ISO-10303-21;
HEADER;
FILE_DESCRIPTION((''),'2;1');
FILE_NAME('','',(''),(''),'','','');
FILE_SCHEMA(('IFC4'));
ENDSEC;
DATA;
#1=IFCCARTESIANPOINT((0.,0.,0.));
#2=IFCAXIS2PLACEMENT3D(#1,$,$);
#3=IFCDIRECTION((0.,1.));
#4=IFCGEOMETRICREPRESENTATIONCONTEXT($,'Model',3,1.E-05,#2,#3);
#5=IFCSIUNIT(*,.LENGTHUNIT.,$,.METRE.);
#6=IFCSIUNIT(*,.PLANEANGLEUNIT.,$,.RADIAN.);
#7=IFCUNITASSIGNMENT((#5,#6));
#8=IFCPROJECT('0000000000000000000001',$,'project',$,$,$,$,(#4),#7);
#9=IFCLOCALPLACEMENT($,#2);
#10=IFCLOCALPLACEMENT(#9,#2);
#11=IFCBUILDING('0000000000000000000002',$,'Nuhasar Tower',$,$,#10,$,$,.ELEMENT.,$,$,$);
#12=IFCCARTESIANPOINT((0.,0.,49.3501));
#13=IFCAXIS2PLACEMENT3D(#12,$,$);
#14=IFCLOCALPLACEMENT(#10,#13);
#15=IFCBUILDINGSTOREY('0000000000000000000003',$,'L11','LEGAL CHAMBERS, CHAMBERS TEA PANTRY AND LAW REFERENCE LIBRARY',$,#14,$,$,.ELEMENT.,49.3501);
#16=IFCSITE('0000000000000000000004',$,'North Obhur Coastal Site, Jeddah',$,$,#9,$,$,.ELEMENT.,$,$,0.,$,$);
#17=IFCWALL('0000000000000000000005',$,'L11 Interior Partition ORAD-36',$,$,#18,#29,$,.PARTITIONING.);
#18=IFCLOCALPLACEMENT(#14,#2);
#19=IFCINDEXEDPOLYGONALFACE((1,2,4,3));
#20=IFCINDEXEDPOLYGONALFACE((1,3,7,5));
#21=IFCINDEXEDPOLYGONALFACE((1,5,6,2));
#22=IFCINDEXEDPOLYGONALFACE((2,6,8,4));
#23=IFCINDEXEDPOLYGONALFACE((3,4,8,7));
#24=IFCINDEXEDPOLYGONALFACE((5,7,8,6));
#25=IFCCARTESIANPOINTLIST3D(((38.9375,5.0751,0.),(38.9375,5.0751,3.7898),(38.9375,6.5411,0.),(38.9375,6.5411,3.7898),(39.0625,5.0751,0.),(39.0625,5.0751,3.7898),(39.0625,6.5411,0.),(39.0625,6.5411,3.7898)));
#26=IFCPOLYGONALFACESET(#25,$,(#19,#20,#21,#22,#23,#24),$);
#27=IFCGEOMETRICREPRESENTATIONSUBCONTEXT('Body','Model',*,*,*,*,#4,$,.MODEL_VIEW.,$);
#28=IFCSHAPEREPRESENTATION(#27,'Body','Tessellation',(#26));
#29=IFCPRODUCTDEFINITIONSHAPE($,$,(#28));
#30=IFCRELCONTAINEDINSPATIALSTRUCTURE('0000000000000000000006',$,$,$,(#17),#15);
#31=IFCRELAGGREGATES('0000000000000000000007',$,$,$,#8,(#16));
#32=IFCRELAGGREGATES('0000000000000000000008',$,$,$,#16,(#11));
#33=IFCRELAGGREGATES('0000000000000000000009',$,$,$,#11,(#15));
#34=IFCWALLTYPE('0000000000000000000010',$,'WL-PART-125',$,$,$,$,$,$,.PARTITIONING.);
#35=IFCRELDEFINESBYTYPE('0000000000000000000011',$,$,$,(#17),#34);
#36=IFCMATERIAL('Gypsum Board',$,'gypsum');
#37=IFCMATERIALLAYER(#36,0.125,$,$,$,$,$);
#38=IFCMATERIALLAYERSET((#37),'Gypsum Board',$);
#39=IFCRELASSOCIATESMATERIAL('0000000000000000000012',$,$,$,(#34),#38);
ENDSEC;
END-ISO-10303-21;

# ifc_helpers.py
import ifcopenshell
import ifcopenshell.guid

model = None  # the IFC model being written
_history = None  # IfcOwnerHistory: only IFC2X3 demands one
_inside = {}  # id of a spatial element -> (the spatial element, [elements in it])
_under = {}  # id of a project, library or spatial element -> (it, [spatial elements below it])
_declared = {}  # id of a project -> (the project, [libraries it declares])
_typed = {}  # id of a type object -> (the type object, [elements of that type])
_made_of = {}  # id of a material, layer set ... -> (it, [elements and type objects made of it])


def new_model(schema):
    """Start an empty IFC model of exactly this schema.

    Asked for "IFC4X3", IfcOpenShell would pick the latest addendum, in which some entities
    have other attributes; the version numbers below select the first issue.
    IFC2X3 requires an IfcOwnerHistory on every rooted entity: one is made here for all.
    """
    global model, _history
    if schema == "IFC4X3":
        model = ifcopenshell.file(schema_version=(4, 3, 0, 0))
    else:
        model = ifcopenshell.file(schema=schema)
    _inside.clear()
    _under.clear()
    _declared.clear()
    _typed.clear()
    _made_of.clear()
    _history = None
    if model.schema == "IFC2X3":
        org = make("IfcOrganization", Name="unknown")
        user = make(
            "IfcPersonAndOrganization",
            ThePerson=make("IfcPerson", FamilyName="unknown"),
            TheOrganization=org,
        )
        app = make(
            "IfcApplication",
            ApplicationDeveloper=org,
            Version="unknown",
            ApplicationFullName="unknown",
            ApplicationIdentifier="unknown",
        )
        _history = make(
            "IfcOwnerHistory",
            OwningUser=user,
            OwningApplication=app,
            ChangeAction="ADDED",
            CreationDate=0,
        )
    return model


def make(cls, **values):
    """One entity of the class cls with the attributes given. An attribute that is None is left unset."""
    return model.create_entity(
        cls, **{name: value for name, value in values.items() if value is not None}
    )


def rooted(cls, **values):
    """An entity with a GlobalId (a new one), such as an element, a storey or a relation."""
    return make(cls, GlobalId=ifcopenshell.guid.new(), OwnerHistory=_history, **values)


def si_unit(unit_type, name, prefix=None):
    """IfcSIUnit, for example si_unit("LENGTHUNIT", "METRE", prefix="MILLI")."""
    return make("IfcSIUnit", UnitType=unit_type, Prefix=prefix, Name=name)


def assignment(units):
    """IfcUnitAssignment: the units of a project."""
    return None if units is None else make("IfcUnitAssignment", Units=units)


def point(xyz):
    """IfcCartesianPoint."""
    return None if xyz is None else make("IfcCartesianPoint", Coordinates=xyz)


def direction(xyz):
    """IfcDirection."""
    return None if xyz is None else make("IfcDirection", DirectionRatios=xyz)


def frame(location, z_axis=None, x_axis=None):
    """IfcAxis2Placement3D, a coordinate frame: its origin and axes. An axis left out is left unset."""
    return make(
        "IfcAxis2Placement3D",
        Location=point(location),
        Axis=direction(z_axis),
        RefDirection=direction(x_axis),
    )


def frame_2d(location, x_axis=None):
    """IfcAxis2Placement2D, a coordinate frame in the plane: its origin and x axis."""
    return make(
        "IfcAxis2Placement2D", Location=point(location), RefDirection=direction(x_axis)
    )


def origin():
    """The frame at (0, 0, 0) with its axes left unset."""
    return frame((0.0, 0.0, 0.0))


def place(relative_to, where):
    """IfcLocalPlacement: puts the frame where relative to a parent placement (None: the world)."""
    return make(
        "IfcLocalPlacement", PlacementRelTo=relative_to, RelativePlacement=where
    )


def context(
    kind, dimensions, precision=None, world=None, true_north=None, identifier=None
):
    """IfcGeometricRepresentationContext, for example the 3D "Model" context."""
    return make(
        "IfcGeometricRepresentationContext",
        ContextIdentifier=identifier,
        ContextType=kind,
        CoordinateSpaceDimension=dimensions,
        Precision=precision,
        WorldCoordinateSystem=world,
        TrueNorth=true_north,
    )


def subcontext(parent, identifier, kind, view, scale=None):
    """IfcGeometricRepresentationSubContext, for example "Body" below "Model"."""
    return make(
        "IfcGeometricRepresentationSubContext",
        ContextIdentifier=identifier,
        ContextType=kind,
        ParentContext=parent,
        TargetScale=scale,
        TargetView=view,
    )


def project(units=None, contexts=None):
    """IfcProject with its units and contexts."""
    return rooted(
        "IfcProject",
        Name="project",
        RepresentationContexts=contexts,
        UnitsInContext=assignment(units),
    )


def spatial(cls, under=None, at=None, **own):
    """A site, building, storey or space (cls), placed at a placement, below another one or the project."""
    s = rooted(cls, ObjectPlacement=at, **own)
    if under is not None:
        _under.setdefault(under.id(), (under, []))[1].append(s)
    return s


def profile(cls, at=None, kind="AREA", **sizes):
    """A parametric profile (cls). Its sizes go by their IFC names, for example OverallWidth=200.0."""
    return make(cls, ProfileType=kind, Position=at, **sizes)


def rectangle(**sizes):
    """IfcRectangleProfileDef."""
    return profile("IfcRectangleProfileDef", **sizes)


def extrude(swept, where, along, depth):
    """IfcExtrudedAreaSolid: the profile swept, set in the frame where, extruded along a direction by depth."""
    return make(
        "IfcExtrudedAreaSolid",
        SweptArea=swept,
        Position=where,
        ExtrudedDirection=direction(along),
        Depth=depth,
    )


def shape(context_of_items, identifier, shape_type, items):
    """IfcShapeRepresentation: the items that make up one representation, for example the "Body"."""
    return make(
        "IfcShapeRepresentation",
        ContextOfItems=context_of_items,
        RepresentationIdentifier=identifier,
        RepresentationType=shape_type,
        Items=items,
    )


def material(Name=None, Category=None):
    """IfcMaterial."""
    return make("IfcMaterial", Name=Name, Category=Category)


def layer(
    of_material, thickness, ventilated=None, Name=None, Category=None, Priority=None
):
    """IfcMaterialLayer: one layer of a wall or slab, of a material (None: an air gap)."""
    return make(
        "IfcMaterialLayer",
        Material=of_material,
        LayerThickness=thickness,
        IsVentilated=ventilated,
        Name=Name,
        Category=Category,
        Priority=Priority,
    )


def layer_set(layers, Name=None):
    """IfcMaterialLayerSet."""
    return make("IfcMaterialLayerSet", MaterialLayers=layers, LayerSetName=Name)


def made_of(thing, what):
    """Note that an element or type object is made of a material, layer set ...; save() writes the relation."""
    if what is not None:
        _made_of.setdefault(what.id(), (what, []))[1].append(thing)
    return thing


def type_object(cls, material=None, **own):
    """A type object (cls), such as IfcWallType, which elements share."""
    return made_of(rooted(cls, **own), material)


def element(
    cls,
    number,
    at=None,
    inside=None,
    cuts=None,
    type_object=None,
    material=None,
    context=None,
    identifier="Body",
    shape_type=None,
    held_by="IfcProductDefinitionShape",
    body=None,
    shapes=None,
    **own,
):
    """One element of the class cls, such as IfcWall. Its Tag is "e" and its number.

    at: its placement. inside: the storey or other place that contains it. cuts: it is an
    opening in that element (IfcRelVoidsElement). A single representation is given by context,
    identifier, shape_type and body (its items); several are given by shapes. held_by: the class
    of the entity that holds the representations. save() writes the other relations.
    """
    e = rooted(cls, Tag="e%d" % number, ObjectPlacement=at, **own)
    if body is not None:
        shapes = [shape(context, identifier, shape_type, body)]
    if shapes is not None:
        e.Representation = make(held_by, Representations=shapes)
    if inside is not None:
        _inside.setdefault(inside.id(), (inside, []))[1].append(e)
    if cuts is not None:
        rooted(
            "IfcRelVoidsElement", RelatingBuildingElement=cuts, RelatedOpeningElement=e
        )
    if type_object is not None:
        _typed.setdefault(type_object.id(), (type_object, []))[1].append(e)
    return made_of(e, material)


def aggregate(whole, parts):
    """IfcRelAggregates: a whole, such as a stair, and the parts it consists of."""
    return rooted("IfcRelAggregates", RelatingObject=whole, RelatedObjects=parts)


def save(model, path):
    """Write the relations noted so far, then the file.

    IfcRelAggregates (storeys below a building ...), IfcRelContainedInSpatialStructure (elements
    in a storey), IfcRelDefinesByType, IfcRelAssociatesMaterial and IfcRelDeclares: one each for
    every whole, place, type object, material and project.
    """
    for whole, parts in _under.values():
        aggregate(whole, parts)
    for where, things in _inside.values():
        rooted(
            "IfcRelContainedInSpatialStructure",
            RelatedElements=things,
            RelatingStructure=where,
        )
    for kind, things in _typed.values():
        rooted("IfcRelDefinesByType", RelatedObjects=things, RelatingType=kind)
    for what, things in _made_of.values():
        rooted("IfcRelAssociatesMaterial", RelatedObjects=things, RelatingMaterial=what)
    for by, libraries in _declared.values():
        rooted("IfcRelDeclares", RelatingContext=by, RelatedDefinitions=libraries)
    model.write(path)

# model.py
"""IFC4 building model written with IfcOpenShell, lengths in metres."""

from ifc_helpers import new_model, si_unit, direction, frame, frame_2d, origin, place, context, subcontext, project, spatial, rectangle, extrude, material, layer, layer_set, type_object, element, save


model = new_model("IFC4")

# Units and contexts
model_context = context("Model", 3, precision=1e-05, world=origin(), true_north=direction((0.0, 1.0)))
body_context = subcontext(model_context, "Body", "Model", "MODEL_VIEW")
ifc_project = project(units=[si_unit("LENGTHUNIT", "METRE"), si_unit("PLANEANGLEUNIT", "RADIAN")], contexts=[model_context])

# Site, building, storey
site_placement = place(None, origin())
site = spatial("IfcSite", under=ifc_project, at=site_placement, Name="North Obhur Coastal Site, Jeddah", CompositionType="ELEMENT", RefElevation=0.0)
building_placement = place(site_placement, origin())
building = spatial("IfcBuilding", under=site, at=building_placement, Name="Nuhasar Tower", CompositionType="ELEMENT")
storey_placement = place(building_placement, frame((0.0, 0.0, 49.3501)))
storey = spatial("IfcBuildingStorey", under=building, at=storey_placement, Name="L11", Description="LEGAL CHAMBERS, CHAMBERS TEA PANTRY AND LAW REFERENCE LIBRARY", CompositionType="ELEMENT", Elevation=49.3501)

# Shared definitions
ifc_material_1 = material(Name="Gypsum Board", Category="gypsum")

# Wall
ifc_layer_1 = layer(ifc_material_1, 0.125)
ifc_layer_set_1 = layer_set([ifc_layer_1], Name="Gypsum Board")
wall_type_1 = type_object("IfcWallType", Name="WL-PART-125", PredefinedType="PARTITIONING", material=ifc_layer_set_1)
wall_1_placement = place(storey_placement, frame((39.0, 6.541, 0.0), z_axis=(0.0, 0.0, 1.0), x_axis=(0.0, -1.0, 0.0)))
element("IfcWall", 1, at=wall_1_placement, inside=storey, type_object=wall_type_1, Name="L11 Interior Partition ORAD-36", PredefinedType="PARTITIONING", context=body_context, shape_type="SweptSolid", body=[
    extrude(rectangle(XDim=1.4661, YDim=0.125, at=frame_2d((0.7329, 0.0))), origin(), (0.0, 0.0, 1.0), 3.7898),
])

save(model, "model.ifc")
